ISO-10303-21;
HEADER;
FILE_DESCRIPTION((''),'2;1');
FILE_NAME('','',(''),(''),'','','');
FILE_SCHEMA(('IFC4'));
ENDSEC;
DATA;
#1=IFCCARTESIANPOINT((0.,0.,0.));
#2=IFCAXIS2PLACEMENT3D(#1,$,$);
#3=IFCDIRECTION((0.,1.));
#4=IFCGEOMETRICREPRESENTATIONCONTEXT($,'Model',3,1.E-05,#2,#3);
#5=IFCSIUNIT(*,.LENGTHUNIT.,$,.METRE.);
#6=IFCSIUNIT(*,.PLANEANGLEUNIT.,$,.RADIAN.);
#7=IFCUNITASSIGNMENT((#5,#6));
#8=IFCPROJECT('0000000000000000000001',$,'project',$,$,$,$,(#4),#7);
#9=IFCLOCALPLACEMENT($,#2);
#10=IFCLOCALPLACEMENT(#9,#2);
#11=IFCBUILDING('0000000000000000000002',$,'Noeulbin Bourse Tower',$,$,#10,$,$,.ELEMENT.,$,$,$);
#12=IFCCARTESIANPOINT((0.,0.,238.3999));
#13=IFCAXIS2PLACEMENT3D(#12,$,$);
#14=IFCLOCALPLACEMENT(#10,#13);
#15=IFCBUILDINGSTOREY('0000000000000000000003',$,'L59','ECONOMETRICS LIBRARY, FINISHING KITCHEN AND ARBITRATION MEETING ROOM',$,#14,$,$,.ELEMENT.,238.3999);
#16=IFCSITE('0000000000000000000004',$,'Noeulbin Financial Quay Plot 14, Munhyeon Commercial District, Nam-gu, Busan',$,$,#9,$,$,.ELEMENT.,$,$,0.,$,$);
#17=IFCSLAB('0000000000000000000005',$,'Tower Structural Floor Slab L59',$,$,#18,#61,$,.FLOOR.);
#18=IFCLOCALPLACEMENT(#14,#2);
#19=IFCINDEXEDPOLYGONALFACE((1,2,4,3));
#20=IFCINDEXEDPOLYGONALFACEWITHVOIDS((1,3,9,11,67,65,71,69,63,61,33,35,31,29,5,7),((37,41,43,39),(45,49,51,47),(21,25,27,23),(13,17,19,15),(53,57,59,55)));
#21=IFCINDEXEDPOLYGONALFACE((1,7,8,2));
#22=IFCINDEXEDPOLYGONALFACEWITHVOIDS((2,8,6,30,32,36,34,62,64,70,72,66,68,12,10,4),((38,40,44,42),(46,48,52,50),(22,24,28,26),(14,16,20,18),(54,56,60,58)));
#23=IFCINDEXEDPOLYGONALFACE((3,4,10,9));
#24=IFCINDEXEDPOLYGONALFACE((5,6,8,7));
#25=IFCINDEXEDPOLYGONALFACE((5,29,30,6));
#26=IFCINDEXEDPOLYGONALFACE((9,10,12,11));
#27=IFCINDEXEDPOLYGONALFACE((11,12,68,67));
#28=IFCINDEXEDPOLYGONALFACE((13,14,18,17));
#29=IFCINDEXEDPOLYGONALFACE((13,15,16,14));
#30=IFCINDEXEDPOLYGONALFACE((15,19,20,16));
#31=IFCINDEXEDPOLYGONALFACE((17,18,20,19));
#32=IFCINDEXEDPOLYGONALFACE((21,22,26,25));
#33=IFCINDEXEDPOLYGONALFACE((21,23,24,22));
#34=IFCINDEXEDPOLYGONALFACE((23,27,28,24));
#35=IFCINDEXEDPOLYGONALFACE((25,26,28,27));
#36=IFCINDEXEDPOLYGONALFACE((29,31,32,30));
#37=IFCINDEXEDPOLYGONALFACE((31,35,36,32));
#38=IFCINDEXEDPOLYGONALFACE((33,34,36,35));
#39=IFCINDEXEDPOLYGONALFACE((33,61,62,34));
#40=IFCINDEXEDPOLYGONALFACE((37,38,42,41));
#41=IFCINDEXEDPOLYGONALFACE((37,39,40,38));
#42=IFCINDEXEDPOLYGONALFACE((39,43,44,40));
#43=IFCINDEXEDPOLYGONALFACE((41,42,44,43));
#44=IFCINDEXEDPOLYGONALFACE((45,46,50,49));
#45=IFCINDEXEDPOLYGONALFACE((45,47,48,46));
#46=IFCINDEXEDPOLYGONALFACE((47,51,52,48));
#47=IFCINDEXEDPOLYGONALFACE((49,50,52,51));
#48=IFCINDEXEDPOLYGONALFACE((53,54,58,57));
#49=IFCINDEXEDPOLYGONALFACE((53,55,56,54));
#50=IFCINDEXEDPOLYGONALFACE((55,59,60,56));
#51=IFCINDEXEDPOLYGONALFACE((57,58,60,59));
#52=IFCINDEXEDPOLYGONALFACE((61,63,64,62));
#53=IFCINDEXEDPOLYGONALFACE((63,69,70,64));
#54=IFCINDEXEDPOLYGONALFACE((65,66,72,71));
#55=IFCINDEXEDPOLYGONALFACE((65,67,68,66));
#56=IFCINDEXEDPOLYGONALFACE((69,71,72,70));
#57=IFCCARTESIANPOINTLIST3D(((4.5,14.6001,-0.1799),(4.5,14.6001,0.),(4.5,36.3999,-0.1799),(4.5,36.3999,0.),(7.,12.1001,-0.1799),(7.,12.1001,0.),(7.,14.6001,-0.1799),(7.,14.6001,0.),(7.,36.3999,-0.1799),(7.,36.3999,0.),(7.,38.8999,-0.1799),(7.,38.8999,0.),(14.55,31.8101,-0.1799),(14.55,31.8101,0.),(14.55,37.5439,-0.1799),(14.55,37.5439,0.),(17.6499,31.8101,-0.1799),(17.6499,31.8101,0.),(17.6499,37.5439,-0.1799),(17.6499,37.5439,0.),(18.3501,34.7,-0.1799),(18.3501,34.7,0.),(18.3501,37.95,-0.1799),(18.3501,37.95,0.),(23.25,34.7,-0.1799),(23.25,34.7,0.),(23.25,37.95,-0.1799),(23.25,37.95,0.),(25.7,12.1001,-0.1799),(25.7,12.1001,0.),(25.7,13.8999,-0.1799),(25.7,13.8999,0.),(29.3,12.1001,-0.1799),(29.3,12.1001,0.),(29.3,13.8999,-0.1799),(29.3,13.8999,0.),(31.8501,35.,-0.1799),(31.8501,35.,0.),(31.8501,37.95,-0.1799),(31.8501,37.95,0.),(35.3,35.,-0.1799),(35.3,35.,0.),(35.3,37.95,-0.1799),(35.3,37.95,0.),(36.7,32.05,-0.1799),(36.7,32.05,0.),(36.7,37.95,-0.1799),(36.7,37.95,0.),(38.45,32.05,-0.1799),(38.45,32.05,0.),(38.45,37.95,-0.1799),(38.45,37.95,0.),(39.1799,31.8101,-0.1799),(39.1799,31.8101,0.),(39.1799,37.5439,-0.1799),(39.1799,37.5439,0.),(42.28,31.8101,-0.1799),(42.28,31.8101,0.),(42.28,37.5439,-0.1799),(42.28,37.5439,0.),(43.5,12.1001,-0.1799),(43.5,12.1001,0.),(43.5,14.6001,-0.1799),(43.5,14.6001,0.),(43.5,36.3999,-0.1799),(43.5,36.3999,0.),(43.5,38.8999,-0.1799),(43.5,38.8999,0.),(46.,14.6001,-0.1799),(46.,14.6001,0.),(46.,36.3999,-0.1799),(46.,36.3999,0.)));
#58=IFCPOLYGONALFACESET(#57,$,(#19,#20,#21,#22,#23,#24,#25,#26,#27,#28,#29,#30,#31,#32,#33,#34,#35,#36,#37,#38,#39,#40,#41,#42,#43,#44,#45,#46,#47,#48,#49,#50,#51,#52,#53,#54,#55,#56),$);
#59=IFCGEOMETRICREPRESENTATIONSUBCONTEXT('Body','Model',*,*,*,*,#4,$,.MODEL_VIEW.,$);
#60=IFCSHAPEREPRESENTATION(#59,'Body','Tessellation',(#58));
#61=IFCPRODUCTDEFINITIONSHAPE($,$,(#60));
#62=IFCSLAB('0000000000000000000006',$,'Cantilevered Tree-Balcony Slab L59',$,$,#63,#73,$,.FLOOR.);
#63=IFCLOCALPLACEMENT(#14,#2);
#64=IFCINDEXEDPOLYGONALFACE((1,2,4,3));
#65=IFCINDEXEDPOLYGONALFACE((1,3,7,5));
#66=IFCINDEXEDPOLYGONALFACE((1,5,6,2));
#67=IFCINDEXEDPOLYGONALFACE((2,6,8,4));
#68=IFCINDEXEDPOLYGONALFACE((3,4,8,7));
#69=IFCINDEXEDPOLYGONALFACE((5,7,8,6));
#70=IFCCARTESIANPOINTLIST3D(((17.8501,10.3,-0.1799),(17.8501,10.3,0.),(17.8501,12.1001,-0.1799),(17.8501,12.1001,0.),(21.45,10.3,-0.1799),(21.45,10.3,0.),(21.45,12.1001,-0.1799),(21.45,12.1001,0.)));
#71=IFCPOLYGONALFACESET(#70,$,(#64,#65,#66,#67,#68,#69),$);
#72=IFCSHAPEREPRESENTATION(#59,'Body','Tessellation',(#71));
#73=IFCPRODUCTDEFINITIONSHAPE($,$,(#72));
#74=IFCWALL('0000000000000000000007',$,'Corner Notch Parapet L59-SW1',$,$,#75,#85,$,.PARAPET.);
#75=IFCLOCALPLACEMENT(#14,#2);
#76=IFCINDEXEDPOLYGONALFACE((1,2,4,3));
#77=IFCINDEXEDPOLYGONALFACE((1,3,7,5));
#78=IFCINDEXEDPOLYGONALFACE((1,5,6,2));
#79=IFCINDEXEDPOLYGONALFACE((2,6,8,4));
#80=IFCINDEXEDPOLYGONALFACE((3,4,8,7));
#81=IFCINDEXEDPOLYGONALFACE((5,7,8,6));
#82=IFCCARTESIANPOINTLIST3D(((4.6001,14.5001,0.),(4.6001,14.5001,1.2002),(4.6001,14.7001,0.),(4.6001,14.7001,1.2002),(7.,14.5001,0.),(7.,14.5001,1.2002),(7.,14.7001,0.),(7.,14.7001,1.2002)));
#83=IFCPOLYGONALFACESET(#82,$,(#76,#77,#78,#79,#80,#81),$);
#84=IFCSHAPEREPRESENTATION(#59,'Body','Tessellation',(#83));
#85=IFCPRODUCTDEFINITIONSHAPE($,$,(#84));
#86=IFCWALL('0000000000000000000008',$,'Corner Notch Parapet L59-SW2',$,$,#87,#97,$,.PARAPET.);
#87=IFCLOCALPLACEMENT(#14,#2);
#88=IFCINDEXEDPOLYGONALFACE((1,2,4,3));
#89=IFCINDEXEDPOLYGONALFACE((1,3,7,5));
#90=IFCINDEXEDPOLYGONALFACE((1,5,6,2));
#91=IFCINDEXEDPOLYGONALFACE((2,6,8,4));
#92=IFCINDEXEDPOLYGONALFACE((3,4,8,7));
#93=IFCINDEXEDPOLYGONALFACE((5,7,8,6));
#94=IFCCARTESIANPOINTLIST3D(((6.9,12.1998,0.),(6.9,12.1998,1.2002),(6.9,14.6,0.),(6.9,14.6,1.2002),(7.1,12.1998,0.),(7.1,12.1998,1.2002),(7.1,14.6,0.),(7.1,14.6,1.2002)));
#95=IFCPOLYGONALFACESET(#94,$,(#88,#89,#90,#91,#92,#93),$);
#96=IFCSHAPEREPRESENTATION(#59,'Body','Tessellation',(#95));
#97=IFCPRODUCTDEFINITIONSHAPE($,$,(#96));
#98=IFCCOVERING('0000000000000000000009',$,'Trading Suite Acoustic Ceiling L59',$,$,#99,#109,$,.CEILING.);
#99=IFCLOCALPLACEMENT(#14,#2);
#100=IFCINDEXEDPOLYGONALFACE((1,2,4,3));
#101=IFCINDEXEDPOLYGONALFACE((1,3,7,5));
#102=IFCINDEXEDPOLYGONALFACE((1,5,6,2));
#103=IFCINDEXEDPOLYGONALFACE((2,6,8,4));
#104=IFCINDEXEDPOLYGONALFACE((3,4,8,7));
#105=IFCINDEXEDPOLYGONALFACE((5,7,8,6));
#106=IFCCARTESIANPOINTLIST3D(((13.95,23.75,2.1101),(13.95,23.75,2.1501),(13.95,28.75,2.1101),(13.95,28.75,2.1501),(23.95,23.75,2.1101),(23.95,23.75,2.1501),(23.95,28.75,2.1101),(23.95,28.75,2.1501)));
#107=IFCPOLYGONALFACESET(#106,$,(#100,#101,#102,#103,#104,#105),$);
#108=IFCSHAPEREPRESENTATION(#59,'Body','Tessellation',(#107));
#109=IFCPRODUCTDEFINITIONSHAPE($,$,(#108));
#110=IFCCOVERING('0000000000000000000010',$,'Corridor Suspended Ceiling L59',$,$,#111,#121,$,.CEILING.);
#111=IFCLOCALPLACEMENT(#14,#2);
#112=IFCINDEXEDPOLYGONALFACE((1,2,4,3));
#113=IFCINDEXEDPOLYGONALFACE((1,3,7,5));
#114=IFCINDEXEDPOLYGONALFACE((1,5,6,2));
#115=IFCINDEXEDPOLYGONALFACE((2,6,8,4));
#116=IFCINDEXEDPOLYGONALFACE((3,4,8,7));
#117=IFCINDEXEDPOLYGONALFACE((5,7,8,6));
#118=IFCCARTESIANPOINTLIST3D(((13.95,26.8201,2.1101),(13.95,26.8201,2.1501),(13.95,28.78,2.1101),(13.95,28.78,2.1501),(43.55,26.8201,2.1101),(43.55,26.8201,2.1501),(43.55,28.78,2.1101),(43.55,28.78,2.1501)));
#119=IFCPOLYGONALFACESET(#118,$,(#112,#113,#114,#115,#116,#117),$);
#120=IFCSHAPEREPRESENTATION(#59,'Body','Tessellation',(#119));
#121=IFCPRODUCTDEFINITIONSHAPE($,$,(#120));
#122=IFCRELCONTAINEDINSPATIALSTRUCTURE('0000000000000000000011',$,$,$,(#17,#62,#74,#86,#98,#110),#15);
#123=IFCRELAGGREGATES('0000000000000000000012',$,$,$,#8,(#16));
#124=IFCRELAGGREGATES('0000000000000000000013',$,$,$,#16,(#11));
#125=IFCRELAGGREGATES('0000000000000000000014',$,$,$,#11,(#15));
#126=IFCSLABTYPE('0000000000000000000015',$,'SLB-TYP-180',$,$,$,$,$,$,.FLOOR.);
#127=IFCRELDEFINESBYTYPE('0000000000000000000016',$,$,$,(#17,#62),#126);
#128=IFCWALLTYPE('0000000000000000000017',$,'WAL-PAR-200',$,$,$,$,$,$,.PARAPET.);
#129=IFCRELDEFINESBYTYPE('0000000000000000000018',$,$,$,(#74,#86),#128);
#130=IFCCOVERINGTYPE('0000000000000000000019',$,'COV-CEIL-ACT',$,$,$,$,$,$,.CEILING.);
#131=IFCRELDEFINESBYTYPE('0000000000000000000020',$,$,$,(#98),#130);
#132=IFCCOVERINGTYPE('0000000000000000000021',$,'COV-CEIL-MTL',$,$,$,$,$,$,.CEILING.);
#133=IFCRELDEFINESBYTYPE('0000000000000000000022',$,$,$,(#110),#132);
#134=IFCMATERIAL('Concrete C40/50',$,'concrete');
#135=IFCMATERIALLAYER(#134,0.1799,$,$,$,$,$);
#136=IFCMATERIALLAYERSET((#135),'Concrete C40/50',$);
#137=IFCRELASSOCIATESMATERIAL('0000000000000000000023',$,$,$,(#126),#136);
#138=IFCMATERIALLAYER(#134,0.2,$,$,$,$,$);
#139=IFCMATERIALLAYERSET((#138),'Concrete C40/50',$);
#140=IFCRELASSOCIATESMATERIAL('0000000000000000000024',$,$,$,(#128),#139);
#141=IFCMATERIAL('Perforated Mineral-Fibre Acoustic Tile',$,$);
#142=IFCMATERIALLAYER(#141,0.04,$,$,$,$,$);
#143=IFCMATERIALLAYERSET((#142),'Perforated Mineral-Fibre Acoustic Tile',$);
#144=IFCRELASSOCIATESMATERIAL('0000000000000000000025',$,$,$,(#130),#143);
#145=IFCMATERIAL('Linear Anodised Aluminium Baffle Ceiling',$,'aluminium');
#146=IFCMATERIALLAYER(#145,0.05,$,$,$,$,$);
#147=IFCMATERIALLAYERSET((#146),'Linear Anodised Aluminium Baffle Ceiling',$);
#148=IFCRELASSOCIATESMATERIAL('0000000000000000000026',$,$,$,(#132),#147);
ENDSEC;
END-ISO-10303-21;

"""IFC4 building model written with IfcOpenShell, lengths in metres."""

from ifc_helpers import new_model, si_unit, direction, frame, frame_2d, origin, place, context, subcontext, project, spatial, polyline, rectangle, outline, extrude, material, layer, layer_set, type_object, element, save


model = new_model("IFC4")

# Units and contexts
model_context = context("Model", 3, precision=1e-05, world=origin(), true_north=direction((0.0, 1.0)))
body_context = subcontext(model_context, "Body", "Model", "MODEL_VIEW")
ifc_project = project(units=[si_unit("LENGTHUNIT", "METRE"), si_unit("PLANEANGLEUNIT", "RADIAN")], contexts=[model_context])

# Site, building, storey
site_placement = place(None, origin())
site = spatial("IfcSite", under=ifc_project, at=site_placement, Name="Noeulbin Financial Quay Plot 14, Munhyeon Commercial District, Nam-gu, Busan", CompositionType="ELEMENT", RefElevation=0.0)
building_placement = place(site_placement, origin())
building = spatial("IfcBuilding", under=site, at=building_placement, Name="Noeulbin Bourse Tower", CompositionType="ELEMENT")
storey_placement = place(building_placement, frame((0.0, 0.0, 238.3999)))
storey = spatial("IfcBuildingStorey", under=building, at=storey_placement, Name="L59", Description="ECONOMETRICS LIBRARY, FINISHING KITCHEN AND ARBITRATION MEETING ROOM", CompositionType="ELEMENT", Elevation=238.3999)

# Shared definitions
ifc_material_1 = material(Name="Concrete C40/50", Category="concrete")

# Slab, openings
ifc_layer_1 = layer(ifc_material_1, 0.1799)
ifc_layer_set_1 = layer_set([ifc_layer_1], Name="Concrete C40/50")
slab_type_1 = type_object("IfcSlabType", Name="SLB-TYP-180", PredefinedType="FLOOR", material=ifc_layer_set_1)
slab_1_placement = place(storey_placement, frame((0.0, 0.0, -0.1799)))
slab_1 = element("IfcSlab", 1, at=slab_1_placement, inside=storey, type_object=slab_type_1, Name="Tower Structural Floor Slab L59", PredefinedType="FLOOR", context=body_context, shape_type="SweptSolid", body=[
    extrude(outline(polyline([(7.0, 12.1001), (25.7, 12.1001), (25.7, 13.8999), (29.3, 13.8999), (29.3, 12.1001), (43.5, 12.1001), (43.5, 14.6001), (46.0, 14.6001), (46.0, 36.3999), (43.5, 36.3999), (43.5, 38.8999), (7.0, 38.8999), (7.0, 36.3999), (4.5, 36.3999), (4.5, 14.6001), (7.0, 14.6001), (7.0, 12.1001)]), holes=[polyline([(17.6499, 31.8101), (17.6499, 37.5439), (14.55, 37.5439), (14.55, 31.8101), (17.6499, 31.8101)]), polyline([(42.28, 31.8101), (42.28, 37.5439), (39.1799, 37.5439), (39.1799, 31.8101), (42.28, 31.8101)]), polyline([(18.3501, 34.7), (23.25, 34.7), (23.25, 37.95), (18.3501, 37.95), (18.3501, 34.7)]), polyline([(36.7, 32.05), (38.45, 32.05), (38.45, 37.95), (36.7, 37.95), (36.7, 32.05)]), polyline([(31.8501, 35.0), (35.3, 35.0), (35.3, 37.95), (31.8501, 37.95), (31.8501, 35.0)])]), origin(), (0.0, 0.0, 1.0), 0.1799),
])
opening_1_placement = place(slab_1_placement, frame((0.0, 0.0, -0.01)))
element("IfcOpeningElement", 2, at=opening_1_placement, cuts=slab_1, PredefinedType="OPENING", context=body_context, shape_type="SweptSolid", body=[
    extrude(outline(polyline([(17.6499, 31.8101), (17.6499, 37.5439), (14.55, 37.5439), (14.55, 31.8101), (17.6499, 31.8101)])), origin(), (0.0, 0.0, 1.0), 0.2),
])
opening_2_placement = place(slab_1_placement, frame((0.0, 0.0, -0.01)))
element("IfcOpeningElement", 3, at=opening_2_placement, cuts=slab_1, PredefinedType="OPENING", context=body_context, shape_type="SweptSolid", body=[
    extrude(outline(polyline([(42.28, 31.8101), (42.28, 37.5439), (39.1799, 37.5439), (39.1799, 31.8101), (42.28, 31.8101)])), origin(), (0.0, 0.0, 1.0), 0.2),
])
opening_3_placement = place(slab_1_placement, frame((0.0, 0.0, -0.01)))
element("IfcOpeningElement", 4, at=opening_3_placement, cuts=slab_1, PredefinedType="OPENING", context=body_context, shape_type="SweptSolid", body=[
    extrude(outline(polyline([(18.3501, 34.7), (23.25, 34.7), (23.25, 37.95), (18.3501, 37.95), (18.3501, 34.7)])), origin(), (0.0, 0.0, 1.0), 0.2),
])
opening_4_placement = place(slab_1_placement, frame((0.0, 0.0, -0.01)))
element("IfcOpeningElement", 5, at=opening_4_placement, cuts=slab_1, PredefinedType="OPENING", context=body_context, shape_type="SweptSolid", body=[
    extrude(outline(polyline([(36.7, 32.05), (38.45, 32.05), (38.45, 37.95), (36.7, 37.95), (36.7, 32.05)])), origin(), (0.0, 0.0, 1.0), 0.2),
])
opening_5_placement = place(slab_1_placement, frame((0.0, 0.0, -0.01)))
element("IfcOpeningElement", 6, at=opening_5_placement, cuts=slab_1, PredefinedType="OPENING", context=body_context, shape_type="SweptSolid", body=[
    extrude(outline(polyline([(31.8501, 35.0), (35.3, 35.0), (35.3, 37.95), (31.8501, 37.95), (31.8501, 35.0)])), origin(), (0.0, 0.0, 1.0), 0.2),
])

# Slab
slab_2_placement = place(storey_placement, frame((0.0, 0.0, -0.1799)))
element("IfcSlab", 7, at=slab_2_placement, inside=storey, type_object=slab_type_1, Name="Cantilevered Tree-Balcony Slab L59", PredefinedType="FLOOR", context=body_context, shape_type="SweptSolid", body=[
    extrude(outline(polyline([(17.8501, 10.3), (21.45, 10.3), (21.45, 12.1001), (17.8501, 12.1001), (17.8501, 10.3)])), origin(), (0.0, 0.0, 1.0), 0.1799),
])

# Walls
ifc_layer_2 = layer(ifc_material_1, 0.2)
ifc_layer_set_2 = layer_set([ifc_layer_2], Name="Concrete C40/50")
wall_type = type_object("IfcWallType", Name="WAL-PAR-200", PredefinedType="PARAPET", material=ifc_layer_set_2)
wall_1_placement = place(storey_placement, frame((4.6001, 14.6001, 0.0), z_axis=(0.0, 0.0, 1.0), x_axis=(1.0, 0.0, 0.0)))
element("IfcWall", 8, at=wall_1_placement, inside=storey, type_object=wall_type, Name="Corner Notch Parapet L59-SW1", PredefinedType="PARAPET", context=body_context, shape_type="SweptSolid", body=[
    extrude(rectangle(XDim=2.3999, YDim=0.2, at=frame_2d((1.2, 0.0))), origin(), (0.0, 0.0, 1.0), 1.2002),
])
wall_2_placement = place(storey_placement, frame((7.0, 14.6001, 0.0), z_axis=(0.0, 0.0, 1.0), x_axis=(0.0, -1.0, 0.0)))
element("IfcWall", 9, at=wall_2_placement, inside=storey, type_object=wall_type, Name="Corner Notch Parapet L59-SW2", PredefinedType="PARAPET", context=body_context, shape_type="SweptSolid", body=[
    extrude(rectangle(XDim=2.4001, YDim=0.2, at=frame_2d((1.2002, 0.0))), origin(), (0.0, 0.0, 1.0), 1.2002),
])

# Coverings
ifc_material_2 = material(Name="Perforated Mineral-Fibre Acoustic Tile")
ifc_layer_3 = layer(ifc_material_2, 0.04)
ifc_layer_set_3 = layer_set([ifc_layer_3], Name="Perforated Mineral-Fibre Acoustic Tile")
covering_type_1 = type_object("IfcCoveringType", Name="COV-CEIL-ACT", PredefinedType="CEILING", material=ifc_layer_set_3)
covering_1_placement = place(storey_placement, frame((0.0, 0.0, 2.1101)))
element("IfcCovering", 10, at=covering_1_placement, inside=storey, type_object=covering_type_1, Name="Trading Suite Acoustic Ceiling L59", PredefinedType="CEILING", context=body_context, shape_type="SweptSolid", body=[
    extrude(outline(polyline([(13.95, 23.75), (23.95, 23.75), (23.95, 28.75), (13.95, 28.75), (13.95, 23.75)])), origin(), (0.0, 0.0, 1.0), 0.04),
])
ifc_material_3 = material(Name="Linear Anodised Aluminium Baffle Ceiling", Category="aluminium")
ifc_layer_4 = layer(ifc_material_3, 0.05)
ifc_layer_set_4 = layer_set([ifc_layer_4], Name="Linear Anodised Aluminium Baffle Ceiling")
covering_type_2 = type_object("IfcCoveringType", Name="COV-CEIL-MTL", PredefinedType="CEILING", material=ifc_layer_set_4)
covering_2_placement = place(storey_placement, frame((0.0, 0.0, 2.1101)))
element("IfcCovering", 11, at=covering_2_placement, inside=storey, type_object=covering_type_2, Name="Corridor Suspended Ceiling L59", PredefinedType="CEILING", context=body_context, shape_type="SweptSolid", body=[
    extrude(outline(polyline([(13.95, 26.8201), (43.55, 26.8201), (43.55, 28.78), (13.95, 28.78), (13.95, 26.8201)])), origin(), (0.0, 0.0, 1.0), 0.04),
])

save(model, "model.ifc")
